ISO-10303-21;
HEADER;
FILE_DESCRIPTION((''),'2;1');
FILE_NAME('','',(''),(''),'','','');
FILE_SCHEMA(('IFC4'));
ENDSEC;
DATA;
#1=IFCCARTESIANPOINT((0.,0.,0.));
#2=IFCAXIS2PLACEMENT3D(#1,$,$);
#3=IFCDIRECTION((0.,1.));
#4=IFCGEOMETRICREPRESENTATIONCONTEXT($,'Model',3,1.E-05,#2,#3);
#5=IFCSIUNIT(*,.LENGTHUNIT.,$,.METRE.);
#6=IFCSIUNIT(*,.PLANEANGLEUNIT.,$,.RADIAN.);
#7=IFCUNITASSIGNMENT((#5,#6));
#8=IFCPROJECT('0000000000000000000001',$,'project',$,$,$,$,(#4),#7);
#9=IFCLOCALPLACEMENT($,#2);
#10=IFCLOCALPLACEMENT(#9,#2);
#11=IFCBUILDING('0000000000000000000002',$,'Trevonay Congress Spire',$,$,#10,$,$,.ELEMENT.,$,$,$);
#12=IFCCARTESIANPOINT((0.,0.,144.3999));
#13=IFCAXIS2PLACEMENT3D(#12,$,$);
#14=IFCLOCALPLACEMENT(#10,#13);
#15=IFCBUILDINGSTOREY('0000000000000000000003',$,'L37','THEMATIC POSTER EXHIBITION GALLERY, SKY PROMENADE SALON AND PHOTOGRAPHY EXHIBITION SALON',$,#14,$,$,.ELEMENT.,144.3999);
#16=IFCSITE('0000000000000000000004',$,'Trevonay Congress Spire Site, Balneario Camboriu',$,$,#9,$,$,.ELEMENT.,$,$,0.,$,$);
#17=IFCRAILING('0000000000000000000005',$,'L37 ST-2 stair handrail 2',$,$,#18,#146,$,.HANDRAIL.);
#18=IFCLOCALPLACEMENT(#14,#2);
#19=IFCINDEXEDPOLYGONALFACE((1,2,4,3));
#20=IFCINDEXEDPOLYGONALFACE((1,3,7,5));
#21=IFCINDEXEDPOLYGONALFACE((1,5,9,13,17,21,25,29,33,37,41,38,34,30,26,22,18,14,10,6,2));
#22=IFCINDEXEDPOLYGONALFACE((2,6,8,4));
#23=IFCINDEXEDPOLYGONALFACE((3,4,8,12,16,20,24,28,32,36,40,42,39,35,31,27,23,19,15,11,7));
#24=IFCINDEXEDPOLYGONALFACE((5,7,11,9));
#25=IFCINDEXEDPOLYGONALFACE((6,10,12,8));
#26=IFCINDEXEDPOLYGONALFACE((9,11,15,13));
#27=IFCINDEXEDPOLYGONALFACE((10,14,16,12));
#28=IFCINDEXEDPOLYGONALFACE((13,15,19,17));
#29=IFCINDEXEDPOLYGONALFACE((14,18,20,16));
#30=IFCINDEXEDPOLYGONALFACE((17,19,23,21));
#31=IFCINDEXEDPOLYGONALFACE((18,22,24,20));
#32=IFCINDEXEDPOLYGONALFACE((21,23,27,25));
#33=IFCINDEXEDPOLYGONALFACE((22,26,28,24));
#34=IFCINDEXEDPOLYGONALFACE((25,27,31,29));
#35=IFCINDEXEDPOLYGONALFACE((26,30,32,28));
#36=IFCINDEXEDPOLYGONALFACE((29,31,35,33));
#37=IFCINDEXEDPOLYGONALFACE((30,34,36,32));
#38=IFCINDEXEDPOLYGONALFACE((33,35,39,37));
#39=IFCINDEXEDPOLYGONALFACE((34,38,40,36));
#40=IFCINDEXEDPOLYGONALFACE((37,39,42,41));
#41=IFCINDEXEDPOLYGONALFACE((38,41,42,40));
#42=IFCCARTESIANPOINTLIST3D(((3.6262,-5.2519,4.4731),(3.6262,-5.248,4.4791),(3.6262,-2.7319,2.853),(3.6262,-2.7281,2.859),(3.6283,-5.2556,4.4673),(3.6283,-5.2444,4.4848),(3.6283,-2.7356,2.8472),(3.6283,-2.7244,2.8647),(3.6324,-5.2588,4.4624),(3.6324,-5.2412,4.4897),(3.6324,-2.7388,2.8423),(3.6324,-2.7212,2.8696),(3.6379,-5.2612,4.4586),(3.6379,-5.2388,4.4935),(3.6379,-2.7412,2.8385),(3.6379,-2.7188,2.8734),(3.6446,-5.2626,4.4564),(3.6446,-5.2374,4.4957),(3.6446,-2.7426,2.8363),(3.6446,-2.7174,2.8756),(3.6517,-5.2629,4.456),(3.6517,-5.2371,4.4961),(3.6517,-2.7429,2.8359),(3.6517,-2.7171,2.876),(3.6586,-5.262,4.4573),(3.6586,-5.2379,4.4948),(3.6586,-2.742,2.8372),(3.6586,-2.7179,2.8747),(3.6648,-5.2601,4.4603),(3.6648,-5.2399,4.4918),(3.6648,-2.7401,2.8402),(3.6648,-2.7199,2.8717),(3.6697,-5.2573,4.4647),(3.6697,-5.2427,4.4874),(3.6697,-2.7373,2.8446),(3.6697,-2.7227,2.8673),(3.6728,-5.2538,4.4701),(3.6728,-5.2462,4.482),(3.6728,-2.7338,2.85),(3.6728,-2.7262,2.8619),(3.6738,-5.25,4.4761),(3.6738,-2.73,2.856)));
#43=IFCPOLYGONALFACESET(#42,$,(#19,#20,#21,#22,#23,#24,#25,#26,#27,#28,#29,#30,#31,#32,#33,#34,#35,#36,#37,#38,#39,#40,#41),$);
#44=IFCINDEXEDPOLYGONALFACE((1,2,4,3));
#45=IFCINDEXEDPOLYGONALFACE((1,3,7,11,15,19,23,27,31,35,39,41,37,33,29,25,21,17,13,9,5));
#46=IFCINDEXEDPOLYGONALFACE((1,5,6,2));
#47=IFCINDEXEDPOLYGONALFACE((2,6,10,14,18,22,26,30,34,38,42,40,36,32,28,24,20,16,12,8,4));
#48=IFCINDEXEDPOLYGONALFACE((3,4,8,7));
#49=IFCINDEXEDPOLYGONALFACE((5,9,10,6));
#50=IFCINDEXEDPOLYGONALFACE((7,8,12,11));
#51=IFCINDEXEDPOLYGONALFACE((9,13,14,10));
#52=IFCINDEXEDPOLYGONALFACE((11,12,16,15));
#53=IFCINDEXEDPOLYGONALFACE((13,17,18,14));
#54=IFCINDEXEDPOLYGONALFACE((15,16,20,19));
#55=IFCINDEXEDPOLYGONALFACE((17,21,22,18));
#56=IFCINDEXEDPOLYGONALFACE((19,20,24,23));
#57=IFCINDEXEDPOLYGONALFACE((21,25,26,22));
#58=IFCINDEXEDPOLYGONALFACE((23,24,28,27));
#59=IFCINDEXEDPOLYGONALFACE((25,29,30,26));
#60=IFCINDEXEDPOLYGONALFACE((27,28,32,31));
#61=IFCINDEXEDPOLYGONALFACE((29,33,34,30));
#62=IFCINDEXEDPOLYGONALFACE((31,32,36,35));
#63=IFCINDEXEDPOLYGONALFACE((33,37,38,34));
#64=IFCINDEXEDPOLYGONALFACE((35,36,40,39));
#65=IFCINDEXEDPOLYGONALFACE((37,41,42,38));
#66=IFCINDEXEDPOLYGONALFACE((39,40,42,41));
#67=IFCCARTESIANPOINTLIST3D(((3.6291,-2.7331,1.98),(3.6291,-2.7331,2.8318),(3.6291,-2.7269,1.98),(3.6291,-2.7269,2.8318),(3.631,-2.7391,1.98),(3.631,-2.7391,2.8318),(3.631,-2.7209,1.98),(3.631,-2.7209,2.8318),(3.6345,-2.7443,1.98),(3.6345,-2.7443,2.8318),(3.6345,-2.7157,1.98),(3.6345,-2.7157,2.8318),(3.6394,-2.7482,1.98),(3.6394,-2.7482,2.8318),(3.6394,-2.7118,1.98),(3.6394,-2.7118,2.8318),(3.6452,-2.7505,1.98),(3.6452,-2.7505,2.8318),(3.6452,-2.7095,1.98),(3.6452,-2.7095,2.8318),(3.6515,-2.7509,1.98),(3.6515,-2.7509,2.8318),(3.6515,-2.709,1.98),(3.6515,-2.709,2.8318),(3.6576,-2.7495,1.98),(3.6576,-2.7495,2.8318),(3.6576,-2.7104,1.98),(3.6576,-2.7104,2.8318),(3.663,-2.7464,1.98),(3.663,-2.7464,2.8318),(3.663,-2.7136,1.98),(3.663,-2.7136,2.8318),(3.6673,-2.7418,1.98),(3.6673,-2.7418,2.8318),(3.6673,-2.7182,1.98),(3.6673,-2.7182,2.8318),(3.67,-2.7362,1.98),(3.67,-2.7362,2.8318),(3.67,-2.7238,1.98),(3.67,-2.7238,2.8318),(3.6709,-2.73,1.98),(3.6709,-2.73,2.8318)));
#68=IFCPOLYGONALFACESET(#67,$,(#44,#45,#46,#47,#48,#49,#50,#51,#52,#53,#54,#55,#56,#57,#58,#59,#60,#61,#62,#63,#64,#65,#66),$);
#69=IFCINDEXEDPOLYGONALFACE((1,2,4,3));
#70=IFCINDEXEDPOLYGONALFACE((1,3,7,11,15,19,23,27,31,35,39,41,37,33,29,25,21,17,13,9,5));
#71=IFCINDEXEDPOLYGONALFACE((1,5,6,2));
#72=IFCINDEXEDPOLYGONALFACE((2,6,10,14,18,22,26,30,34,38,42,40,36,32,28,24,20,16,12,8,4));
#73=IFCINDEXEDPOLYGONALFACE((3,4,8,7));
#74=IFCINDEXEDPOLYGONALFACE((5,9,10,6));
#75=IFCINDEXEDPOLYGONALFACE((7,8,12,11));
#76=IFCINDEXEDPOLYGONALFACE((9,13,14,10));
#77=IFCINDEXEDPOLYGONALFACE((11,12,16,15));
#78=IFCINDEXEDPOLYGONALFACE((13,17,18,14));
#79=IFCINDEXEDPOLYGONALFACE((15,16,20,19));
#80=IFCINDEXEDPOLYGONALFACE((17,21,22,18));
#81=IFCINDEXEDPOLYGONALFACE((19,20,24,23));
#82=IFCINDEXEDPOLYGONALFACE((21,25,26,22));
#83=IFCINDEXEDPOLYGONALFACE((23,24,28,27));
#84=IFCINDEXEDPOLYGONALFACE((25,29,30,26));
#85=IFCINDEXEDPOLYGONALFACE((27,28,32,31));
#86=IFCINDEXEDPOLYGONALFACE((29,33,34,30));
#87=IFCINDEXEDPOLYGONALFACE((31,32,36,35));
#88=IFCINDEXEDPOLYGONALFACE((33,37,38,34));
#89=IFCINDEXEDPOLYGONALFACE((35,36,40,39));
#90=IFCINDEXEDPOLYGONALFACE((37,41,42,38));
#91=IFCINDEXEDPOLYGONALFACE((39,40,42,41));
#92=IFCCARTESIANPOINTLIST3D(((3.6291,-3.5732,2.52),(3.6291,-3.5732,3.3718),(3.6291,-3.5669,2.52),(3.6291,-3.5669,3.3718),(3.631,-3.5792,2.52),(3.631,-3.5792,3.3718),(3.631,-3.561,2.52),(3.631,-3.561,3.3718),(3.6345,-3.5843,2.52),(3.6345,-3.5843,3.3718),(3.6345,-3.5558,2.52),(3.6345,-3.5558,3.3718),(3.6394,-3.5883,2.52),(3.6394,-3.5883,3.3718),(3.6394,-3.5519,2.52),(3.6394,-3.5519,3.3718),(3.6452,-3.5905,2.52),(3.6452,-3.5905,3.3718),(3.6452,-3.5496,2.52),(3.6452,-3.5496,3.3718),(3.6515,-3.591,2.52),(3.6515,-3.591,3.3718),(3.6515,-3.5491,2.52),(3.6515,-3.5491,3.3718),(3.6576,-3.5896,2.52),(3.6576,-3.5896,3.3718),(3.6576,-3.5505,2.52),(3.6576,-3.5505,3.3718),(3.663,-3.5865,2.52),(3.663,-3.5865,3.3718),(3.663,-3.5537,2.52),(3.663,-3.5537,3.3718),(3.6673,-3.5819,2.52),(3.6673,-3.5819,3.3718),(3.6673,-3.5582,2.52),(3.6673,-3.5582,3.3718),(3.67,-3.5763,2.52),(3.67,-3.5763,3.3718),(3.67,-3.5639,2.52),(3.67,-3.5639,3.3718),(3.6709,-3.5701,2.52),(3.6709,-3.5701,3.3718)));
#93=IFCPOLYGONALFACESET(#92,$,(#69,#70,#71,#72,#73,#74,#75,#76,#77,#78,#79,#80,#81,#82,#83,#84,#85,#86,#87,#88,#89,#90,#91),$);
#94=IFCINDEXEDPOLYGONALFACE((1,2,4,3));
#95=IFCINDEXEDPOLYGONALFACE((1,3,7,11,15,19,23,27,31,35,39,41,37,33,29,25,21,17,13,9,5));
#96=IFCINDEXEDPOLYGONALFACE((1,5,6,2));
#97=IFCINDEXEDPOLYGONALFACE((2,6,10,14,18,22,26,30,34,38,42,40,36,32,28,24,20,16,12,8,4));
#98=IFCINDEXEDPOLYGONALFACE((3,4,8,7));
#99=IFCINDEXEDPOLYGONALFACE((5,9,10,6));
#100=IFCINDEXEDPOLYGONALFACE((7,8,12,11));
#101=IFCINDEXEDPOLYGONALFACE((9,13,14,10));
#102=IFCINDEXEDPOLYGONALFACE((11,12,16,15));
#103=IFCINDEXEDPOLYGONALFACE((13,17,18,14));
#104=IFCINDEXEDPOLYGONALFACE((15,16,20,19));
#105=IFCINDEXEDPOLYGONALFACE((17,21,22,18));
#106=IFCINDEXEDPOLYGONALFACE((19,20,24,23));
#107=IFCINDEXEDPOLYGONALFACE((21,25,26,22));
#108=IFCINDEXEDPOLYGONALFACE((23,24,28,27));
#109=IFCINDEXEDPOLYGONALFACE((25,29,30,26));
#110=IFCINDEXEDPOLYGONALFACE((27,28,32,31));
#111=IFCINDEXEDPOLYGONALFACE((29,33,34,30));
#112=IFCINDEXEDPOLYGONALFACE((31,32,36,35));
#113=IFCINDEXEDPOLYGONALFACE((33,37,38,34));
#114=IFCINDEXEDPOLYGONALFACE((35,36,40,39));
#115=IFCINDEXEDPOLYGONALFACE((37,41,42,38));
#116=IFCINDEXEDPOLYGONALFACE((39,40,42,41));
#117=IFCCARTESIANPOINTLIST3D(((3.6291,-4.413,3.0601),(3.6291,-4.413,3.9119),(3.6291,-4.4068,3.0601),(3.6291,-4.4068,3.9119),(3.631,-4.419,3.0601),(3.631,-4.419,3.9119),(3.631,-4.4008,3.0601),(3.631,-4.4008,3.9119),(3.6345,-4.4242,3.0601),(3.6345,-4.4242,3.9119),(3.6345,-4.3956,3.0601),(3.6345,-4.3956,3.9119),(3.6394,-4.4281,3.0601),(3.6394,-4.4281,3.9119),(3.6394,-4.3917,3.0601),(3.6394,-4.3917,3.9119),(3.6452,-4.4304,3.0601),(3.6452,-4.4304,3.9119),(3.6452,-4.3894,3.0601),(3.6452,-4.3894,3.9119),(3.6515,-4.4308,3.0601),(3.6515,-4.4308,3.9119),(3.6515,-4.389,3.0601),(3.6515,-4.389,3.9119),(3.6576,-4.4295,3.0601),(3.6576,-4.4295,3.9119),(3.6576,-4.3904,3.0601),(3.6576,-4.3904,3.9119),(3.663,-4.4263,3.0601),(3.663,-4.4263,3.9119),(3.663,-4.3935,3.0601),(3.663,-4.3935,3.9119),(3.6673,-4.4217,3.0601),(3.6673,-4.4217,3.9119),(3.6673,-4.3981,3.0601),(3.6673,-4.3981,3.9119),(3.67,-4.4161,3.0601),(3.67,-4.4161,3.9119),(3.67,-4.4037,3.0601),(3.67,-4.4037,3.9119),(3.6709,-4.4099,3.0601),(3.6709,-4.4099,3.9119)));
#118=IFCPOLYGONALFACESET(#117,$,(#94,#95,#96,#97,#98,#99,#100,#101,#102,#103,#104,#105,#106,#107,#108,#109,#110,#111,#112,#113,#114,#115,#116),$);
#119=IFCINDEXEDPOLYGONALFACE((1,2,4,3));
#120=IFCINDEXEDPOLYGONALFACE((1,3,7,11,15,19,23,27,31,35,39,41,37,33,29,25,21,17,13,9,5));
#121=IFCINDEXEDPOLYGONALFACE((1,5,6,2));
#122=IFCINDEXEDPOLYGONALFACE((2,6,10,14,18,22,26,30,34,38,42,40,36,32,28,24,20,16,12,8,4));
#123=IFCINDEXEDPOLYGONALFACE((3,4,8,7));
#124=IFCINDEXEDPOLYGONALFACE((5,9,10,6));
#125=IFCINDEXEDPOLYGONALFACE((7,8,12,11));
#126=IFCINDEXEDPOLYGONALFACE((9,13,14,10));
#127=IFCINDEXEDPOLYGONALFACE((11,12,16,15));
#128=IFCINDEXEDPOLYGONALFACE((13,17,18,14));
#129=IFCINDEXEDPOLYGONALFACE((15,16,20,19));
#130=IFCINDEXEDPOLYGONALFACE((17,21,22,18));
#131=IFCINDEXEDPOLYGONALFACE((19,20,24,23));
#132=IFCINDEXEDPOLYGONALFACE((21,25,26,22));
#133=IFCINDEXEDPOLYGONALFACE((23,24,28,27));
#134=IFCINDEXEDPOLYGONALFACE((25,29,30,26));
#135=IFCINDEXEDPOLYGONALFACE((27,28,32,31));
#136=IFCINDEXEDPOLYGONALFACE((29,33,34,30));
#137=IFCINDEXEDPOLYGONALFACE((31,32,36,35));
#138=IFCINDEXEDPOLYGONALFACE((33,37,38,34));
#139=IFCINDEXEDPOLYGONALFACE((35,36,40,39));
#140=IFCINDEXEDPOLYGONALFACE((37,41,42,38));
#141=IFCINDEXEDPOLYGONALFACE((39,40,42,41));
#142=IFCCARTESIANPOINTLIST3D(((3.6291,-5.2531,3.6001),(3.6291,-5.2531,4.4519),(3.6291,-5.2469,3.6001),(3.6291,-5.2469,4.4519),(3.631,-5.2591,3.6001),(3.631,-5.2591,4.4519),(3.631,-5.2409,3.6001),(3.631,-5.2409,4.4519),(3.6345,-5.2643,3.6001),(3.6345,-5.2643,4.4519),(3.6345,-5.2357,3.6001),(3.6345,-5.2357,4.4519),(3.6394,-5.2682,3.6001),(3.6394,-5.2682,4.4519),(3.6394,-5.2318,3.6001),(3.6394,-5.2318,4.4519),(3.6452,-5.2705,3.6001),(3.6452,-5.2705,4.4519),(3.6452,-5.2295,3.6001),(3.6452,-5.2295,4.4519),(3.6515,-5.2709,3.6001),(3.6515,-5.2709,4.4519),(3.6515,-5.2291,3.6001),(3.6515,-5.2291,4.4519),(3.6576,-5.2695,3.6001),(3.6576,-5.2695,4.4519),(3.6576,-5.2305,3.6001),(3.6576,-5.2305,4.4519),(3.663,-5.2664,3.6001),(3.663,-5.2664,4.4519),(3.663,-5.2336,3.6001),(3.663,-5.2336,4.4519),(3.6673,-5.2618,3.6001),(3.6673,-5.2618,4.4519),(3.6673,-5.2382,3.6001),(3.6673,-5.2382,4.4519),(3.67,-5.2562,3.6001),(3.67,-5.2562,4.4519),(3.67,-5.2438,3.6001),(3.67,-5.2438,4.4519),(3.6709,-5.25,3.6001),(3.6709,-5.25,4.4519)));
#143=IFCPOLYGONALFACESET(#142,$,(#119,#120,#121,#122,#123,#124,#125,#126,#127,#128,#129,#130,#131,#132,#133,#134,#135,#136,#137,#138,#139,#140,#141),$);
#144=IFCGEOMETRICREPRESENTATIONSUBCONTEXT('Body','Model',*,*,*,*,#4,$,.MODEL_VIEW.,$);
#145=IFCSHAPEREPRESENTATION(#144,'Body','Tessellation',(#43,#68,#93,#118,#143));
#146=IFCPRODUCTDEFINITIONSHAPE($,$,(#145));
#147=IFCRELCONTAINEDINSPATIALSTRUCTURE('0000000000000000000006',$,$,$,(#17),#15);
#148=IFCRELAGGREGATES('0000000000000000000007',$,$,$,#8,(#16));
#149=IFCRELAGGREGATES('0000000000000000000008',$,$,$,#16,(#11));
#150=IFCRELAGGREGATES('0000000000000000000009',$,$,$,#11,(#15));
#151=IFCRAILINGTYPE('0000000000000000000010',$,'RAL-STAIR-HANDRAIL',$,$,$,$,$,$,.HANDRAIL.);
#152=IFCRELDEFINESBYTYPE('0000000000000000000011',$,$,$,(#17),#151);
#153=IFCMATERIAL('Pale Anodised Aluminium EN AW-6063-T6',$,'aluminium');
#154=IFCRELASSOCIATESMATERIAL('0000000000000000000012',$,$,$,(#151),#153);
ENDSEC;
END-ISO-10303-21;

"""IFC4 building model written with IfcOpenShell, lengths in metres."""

from ifc_helpers import new_model, si_unit, direction, frame, origin, origin_2d, place, context, subcontext, project, spatial, circle, extrude, material, type_object, element, save


model = new_model("IFC4")

# Units and contexts
model_context = context("Model", 3, precision=1e-05, world=origin(), true_north=direction((0.0, 1.0)))
body_context = subcontext(model_context, "Body", "Model", "MODEL_VIEW")
ifc_project = project(units=[si_unit("LENGTHUNIT", "METRE"), si_unit("PLANEANGLEUNIT", "RADIAN")], contexts=[model_context])

# Site, building, storey
site_placement = place(None, origin())
site = spatial("IfcSite", under=ifc_project, at=site_placement, Name="Trevonay Congress Spire Site, Balneario Camboriu", CompositionType="ELEMENT", RefElevation=0.0)
building_placement = place(site_placement, origin())
building = spatial("IfcBuilding", under=site, at=building_placement, Name="Trevonay Congress Spire", CompositionType="ELEMENT")
storey_placement = place(building_placement, frame((0.0, 0.0, 144.3999)))
storey = spatial("IfcBuildingStorey", under=building, at=storey_placement, Name="L37", Description="THEMATIC POSTER EXHIBITION GALLERY, SKY PROMENADE SALON AND PHOTOGRAPHY EXHIBITION SALON", CompositionType="ELEMENT", Elevation=144.3999)

# Shared definitions
ifc_material_1 = material(Name="Pale Anodised Aluminium EN AW-6063-T6", Category="aluminium")

# Railing
railing_type_1 = type_object("IfcRailingType", Name="RAL-STAIR-HANDRAIL", PredefinedType="HANDRAIL", material=ifc_material_1)
railing_1_placement = place(storey_placement, frame((3.6499, -2.73, 1.98)))
element("IfcRailing", 1, at=railing_1_placement, inside=storey, type_object=railing_type_1, Name="L37 ST-2 stair handrail 2", PredefinedType="HANDRAIL", context=body_context, shape_type="SweptSolid", body=[
    extrude(circle(Radius=0.0239, at=origin_2d()), frame((0.0, 0.0, 0.876), z_axis=(0.0, -0.841163, 0.540782), x_axis=(1.0, 0.0, 0.0)), (0.0, 0.0, 1.0), 2.9958),
    extrude(circle(Radius=0.021, at=origin_2d()), origin(), (0.0, 0.0, 1.0), 0.8518),
    extrude(circle(Radius=0.021, at=origin_2d()), frame((0.0, -0.8401, 0.54)), (0.0, 0.0, 1.0), 0.8518),
    extrude(circle(Radius=0.021, at=origin_2d()), frame((0.0, -1.6799, 1.0801)), (0.0, 0.0, 1.0), 0.8518),
    extrude(circle(Radius=0.021, at=origin_2d()), frame((0.0, -2.52, 1.6201)), (0.0, 0.0, 1.0), 0.8518),
])

save(model, "model.ifc")
